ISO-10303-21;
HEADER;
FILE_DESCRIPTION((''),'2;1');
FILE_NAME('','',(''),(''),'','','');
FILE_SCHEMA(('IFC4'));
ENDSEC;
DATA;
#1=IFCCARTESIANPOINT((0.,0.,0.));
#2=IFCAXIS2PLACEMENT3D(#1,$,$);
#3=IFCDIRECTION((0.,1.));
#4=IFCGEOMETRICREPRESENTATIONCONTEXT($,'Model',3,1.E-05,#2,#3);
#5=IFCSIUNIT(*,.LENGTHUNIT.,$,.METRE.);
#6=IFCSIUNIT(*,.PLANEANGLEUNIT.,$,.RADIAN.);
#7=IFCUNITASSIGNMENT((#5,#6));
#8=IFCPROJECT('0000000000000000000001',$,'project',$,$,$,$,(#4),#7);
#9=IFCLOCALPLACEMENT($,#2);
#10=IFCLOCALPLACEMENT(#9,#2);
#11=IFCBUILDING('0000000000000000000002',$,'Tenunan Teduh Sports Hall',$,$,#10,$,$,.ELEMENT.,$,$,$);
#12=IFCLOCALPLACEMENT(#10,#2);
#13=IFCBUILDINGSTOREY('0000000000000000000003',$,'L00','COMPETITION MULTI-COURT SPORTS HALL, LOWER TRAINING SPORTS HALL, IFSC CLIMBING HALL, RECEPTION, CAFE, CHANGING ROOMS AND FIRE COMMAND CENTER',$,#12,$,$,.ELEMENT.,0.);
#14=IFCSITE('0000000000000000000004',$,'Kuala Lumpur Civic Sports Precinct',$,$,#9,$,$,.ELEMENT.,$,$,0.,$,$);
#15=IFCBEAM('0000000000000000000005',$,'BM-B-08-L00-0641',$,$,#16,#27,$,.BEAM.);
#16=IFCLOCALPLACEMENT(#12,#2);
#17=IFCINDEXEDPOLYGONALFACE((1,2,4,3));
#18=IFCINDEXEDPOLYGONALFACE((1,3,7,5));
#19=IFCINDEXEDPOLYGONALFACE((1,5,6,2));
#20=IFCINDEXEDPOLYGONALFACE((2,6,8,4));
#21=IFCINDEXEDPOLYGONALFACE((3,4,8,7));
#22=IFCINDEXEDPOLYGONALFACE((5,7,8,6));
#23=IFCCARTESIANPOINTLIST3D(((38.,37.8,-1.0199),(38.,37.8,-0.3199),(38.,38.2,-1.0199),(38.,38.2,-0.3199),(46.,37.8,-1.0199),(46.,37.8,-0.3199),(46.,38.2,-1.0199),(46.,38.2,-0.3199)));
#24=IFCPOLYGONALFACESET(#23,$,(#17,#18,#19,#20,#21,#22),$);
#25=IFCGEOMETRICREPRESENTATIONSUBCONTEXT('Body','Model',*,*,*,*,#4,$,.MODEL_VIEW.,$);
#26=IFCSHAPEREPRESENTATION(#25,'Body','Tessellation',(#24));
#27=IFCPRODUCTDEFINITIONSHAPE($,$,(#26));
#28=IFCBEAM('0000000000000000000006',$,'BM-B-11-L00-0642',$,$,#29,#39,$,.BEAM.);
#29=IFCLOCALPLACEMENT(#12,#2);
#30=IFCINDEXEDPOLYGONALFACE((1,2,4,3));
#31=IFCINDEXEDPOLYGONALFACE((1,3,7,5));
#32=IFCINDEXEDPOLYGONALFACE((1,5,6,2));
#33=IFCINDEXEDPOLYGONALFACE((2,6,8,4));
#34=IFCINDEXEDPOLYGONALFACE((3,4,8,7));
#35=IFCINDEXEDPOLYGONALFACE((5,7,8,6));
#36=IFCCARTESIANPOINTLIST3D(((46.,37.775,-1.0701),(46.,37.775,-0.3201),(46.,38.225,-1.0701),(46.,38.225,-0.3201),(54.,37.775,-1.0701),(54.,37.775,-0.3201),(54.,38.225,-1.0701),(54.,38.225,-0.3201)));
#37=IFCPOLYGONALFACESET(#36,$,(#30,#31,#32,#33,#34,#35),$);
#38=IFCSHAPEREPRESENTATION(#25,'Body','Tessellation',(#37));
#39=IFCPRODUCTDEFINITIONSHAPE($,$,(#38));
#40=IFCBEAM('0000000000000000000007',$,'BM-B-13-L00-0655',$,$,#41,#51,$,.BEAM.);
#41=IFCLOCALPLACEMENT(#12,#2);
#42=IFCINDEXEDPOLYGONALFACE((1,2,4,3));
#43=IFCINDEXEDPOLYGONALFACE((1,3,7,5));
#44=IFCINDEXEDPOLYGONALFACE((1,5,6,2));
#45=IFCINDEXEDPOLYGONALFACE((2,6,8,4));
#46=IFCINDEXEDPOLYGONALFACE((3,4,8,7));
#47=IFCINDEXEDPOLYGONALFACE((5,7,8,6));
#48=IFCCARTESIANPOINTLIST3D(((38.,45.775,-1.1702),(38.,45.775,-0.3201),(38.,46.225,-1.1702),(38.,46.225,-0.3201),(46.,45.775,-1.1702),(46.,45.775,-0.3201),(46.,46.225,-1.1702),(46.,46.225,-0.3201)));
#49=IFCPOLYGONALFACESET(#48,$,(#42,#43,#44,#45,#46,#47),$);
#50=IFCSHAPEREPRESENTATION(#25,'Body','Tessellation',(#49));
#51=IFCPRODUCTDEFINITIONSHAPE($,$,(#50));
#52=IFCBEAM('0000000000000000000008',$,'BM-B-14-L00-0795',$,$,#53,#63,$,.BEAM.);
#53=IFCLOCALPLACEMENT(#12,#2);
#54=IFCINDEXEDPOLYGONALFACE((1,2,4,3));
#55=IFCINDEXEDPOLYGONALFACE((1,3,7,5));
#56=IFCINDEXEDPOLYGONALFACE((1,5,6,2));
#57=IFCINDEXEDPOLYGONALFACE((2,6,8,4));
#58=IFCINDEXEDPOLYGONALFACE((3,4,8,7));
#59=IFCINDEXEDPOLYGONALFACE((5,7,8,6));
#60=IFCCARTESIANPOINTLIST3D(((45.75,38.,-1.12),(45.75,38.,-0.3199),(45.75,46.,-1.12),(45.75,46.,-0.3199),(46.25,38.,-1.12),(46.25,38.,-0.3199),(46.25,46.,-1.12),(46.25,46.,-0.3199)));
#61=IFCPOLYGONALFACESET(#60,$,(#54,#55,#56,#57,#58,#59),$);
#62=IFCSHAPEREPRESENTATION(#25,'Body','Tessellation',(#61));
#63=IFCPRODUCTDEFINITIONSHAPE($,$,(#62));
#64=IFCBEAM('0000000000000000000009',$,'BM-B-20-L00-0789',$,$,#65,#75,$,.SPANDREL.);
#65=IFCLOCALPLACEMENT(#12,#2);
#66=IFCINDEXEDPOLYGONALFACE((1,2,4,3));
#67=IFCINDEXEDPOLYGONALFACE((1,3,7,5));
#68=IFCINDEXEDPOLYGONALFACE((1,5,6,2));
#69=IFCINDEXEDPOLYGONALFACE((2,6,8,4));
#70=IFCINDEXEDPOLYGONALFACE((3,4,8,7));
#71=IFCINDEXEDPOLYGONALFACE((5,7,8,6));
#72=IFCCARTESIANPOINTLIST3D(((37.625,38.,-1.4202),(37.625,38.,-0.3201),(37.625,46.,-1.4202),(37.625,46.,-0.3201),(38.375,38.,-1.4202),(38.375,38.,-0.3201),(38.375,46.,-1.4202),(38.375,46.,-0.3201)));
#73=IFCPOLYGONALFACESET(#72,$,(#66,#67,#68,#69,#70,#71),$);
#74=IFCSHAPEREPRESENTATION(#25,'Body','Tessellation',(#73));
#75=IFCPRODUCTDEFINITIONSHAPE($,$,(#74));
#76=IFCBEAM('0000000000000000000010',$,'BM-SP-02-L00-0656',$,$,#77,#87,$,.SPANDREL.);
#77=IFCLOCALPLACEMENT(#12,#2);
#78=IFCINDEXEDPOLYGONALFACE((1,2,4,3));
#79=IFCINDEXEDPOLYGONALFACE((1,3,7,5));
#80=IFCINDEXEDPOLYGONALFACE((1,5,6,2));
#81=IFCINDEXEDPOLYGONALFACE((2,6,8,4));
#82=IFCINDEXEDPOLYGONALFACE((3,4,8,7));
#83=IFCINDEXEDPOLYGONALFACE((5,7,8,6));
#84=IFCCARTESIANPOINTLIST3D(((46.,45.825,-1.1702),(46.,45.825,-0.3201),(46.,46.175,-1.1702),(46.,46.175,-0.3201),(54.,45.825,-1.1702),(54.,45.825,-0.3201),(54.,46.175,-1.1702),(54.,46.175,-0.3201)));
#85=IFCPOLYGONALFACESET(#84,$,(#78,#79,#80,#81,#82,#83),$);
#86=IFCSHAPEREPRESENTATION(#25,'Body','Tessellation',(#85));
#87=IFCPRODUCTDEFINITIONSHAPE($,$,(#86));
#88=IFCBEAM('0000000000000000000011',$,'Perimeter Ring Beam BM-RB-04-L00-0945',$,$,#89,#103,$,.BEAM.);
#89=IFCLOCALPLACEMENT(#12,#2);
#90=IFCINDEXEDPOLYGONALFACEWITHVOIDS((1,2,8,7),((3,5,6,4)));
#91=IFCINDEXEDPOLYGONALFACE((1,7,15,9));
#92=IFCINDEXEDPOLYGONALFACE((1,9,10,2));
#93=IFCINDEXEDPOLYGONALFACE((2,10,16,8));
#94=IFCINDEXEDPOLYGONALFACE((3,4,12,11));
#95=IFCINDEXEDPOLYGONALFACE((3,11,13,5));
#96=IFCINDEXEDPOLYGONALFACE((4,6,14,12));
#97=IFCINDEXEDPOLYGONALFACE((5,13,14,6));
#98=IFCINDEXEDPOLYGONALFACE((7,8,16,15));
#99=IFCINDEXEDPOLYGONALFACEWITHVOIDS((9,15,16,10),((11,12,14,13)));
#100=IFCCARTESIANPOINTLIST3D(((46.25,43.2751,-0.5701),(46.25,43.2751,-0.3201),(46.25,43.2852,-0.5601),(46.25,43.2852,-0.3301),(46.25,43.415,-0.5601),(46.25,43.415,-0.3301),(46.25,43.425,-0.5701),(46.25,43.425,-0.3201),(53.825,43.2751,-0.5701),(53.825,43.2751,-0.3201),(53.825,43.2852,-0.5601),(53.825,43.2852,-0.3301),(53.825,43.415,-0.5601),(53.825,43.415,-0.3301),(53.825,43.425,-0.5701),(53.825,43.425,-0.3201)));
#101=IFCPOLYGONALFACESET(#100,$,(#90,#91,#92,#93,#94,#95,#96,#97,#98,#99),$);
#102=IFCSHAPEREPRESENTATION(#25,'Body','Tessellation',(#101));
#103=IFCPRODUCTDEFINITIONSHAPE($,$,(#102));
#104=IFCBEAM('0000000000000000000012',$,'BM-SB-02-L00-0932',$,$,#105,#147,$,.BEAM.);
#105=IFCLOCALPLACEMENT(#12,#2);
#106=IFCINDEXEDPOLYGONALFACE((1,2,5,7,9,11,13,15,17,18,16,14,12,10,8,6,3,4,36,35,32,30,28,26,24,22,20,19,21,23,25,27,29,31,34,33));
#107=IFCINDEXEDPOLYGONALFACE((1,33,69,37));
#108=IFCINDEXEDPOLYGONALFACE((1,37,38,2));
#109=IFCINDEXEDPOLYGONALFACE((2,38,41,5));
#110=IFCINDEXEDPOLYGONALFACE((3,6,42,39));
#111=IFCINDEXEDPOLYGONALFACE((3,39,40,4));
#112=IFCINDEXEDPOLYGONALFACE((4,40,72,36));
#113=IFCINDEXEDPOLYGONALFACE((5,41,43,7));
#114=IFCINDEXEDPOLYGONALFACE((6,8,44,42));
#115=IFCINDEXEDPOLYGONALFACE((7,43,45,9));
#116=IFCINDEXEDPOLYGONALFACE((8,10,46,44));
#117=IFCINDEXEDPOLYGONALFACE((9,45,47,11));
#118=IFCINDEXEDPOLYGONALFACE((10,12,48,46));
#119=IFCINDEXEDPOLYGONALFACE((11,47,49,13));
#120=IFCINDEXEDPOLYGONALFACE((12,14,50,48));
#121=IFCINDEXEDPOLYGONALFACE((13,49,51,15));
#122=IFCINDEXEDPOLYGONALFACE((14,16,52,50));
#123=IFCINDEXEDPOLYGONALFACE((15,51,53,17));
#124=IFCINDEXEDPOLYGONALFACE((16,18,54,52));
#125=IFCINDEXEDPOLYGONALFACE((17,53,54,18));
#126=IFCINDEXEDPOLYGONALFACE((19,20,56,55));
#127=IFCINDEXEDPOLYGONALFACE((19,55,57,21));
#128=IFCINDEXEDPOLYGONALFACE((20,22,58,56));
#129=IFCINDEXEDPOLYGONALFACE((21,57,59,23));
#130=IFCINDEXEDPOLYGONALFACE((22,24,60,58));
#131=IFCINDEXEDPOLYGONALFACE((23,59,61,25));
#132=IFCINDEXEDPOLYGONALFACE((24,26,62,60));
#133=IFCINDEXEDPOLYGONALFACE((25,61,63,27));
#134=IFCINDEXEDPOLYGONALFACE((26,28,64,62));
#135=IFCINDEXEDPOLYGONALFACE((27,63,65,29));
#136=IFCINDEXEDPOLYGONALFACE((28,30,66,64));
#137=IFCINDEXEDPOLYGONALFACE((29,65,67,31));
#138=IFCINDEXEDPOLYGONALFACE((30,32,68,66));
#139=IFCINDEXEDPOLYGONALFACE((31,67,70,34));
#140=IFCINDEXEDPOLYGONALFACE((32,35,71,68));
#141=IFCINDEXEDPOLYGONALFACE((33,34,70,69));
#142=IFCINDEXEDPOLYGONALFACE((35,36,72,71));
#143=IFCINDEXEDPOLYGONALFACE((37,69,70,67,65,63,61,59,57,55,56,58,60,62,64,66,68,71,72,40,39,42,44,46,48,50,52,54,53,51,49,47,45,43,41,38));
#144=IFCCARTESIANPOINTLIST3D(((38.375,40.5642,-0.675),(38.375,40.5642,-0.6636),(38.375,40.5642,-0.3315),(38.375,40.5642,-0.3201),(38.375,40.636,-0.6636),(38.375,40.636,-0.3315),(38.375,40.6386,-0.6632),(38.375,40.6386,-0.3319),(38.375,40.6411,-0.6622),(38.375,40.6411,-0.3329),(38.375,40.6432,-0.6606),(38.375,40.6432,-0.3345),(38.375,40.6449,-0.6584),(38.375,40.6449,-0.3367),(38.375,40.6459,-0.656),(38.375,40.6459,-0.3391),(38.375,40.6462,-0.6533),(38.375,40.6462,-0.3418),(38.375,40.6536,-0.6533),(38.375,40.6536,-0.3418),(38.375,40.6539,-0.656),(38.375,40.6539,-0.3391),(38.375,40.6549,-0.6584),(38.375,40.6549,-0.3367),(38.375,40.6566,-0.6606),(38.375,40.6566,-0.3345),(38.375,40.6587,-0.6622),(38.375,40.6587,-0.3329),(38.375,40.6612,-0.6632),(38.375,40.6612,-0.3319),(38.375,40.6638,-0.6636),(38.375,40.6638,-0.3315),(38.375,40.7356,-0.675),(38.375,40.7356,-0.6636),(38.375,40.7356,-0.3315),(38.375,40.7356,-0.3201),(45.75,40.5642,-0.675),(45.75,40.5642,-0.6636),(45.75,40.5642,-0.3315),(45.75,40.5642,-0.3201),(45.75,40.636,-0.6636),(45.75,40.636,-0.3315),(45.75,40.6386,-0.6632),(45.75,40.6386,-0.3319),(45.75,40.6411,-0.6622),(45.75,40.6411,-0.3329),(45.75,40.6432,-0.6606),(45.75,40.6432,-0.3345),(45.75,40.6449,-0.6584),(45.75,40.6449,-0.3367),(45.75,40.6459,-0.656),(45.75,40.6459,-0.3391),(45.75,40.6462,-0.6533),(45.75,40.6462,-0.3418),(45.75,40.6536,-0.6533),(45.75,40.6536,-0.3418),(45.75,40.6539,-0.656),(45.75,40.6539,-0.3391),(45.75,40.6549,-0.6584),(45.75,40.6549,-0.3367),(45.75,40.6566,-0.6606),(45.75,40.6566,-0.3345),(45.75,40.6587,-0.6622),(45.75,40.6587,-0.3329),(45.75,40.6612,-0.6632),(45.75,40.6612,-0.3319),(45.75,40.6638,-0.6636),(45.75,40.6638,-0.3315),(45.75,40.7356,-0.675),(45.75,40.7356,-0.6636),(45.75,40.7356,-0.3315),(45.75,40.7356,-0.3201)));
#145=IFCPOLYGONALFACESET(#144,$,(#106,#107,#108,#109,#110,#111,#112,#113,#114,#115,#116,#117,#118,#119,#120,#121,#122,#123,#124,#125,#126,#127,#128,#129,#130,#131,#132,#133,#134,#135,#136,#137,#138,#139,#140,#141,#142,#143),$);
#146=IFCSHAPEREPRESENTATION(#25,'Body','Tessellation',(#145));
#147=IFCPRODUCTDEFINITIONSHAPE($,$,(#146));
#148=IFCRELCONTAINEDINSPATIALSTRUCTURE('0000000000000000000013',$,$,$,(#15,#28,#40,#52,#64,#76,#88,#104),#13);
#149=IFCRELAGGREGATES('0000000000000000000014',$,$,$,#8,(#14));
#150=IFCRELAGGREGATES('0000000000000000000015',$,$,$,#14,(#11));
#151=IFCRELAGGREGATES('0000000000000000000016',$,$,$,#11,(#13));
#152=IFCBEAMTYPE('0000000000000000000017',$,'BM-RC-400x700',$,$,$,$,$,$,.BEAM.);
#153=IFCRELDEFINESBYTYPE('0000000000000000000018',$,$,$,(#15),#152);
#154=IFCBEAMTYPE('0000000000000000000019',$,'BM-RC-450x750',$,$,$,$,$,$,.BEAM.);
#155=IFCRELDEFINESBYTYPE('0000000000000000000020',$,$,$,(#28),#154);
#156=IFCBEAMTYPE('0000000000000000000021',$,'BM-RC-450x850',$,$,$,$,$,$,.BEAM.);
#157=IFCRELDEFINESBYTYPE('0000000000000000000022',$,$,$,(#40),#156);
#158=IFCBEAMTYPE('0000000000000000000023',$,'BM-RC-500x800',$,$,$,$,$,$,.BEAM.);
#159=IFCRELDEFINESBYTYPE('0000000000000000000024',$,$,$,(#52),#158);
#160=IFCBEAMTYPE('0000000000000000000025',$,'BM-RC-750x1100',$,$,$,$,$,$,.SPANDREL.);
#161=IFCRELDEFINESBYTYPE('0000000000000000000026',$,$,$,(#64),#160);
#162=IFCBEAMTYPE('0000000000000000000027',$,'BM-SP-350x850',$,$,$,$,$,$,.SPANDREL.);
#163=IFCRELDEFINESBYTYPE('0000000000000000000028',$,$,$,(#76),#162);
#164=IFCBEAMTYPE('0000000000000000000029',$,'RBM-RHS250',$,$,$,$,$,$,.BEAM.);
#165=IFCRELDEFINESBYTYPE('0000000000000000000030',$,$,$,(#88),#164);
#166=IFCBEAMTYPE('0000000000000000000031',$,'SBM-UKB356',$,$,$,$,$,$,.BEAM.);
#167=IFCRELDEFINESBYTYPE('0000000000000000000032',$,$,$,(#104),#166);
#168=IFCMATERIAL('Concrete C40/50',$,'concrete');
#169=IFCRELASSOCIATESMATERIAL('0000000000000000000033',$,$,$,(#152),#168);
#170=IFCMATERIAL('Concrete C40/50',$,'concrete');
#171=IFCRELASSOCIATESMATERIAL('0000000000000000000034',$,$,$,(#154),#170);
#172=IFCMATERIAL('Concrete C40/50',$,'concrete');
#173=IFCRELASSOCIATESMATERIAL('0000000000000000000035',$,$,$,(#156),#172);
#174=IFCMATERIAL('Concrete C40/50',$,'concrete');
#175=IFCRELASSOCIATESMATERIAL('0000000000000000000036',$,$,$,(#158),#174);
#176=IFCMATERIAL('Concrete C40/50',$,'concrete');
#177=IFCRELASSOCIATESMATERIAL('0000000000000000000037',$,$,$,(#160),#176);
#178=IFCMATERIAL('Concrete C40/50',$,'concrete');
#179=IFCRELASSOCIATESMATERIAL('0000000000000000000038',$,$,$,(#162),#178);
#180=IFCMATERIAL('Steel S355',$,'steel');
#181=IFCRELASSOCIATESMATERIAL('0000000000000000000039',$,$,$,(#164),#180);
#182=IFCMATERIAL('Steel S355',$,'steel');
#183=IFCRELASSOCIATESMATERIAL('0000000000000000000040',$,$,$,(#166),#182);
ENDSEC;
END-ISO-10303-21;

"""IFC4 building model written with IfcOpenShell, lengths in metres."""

from ifc_helpers import new_model, si_unit, direction, frame, origin, origin_2d, place, context, subcontext, project, spatial, rectangle, hollow_rectangle, i_section, extrude, material, material_profile, profile_set, type_object, element, save


model = new_model("IFC4")

# Units and contexts
model_context = context("Model", 3, precision=1e-05, world=origin(), true_north=direction((0.0, 1.0)))
body_context = subcontext(model_context, "Body", "Model", "MODEL_VIEW")
ifc_project = project(units=[si_unit("LENGTHUNIT", "METRE"), si_unit("PLANEANGLEUNIT", "RADIAN")], contexts=[model_context])

# Site, building, storey
site_placement = place(None, origin())
site = spatial("IfcSite", under=ifc_project, at=site_placement, Name="Kuala Lumpur Civic Sports Precinct", CompositionType="ELEMENT", RefElevation=0.0)
building_placement = place(site_placement, origin())
building = spatial("IfcBuilding", under=site, at=building_placement, Name="Tenunan Teduh Sports Hall", CompositionType="ELEMENT")
storey_placement = place(building_placement, origin())
storey = spatial("IfcBuildingStorey", under=building, at=storey_placement, Name="L00", Description="COMPETITION MULTI-COURT SPORTS HALL, LOWER TRAINING SPORTS HALL, IFSC CLIMBING HALL, RECEPTION, CAFE, CHANGING ROOMS AND FIRE COMMAND CENTER", CompositionType="ELEMENT", Elevation=0.0)

# Beams
ifc_material_1 = material(Name="Concrete C40/50", Category="concrete")
ifc_material_profile_1 = material_profile(ifc_material_1, rectangle(XDim=0.3999, YDim=0.7, at=origin_2d()), Name="RCB 400x700")
ifc_profile_set_1 = profile_set([ifc_material_profile_1], Name="Concrete C40/50")
beam_type_1 = type_object("IfcBeamType", Name="BM-RC-400x700", PredefinedType="BEAM", material=ifc_profile_set_1)
beam_1_placement = place(storey_placement, frame((38.0, 38.0, -0.6699), z_axis=(1.0, 0.0, 0.0), x_axis=(0.0, 1.0, 0.0)))
element("IfcBeam", 1, at=beam_1_placement, inside=storey, type_object=beam_type_1, Name="BM-B-08-L00-0641", PredefinedType="BEAM", context=body_context, shape_type="SweptSolid", body=[
    extrude(rectangle(XDim=0.3999, YDim=0.7, at=origin_2d()), origin(), (0.0, 0.0, 1.0), 8.0),
])
ifc_material_2 = material(Name="Concrete C40/50", Category="concrete")
ifc_material_profile_2 = material_profile(ifc_material_2, rectangle(XDim=0.45, YDim=0.75, at=origin_2d()), Name="RCB 450x750")
ifc_profile_set_2 = profile_set([ifc_material_profile_2], Name="Concrete C40/50")
beam_type_2 = type_object("IfcBeamType", Name="BM-RC-450x750", PredefinedType="BEAM", material=ifc_profile_set_2)
beam_2_placement = place(storey_placement, frame((46.0, 38.0, -0.6951), z_axis=(1.0, 0.0, 0.0), x_axis=(0.0, 1.0, 0.0)))
element("IfcBeam", 2, at=beam_2_placement, inside=storey, type_object=beam_type_2, Name="BM-B-11-L00-0642", PredefinedType="BEAM", context=body_context, shape_type="SweptSolid", body=[
    extrude(rectangle(XDim=0.45, YDim=0.75, at=origin_2d()), origin(), (0.0, 0.0, 1.0), 8.0),
])
ifc_material_3 = material(Name="Concrete C40/50", Category="concrete")
ifc_material_profile_3 = material_profile(ifc_material_3, rectangle(XDim=0.45, YDim=0.8501, at=origin_2d()), Name="RCB 450x850")
ifc_profile_set_3 = profile_set([ifc_material_profile_3], Name="Concrete C40/50")
beam_type_3 = type_object("IfcBeamType", Name="BM-RC-450x850", PredefinedType="BEAM", material=ifc_profile_set_3)
beam_3_placement = place(storey_placement, frame((38.0, 46.0, -0.7451), z_axis=(1.0, 0.0, 0.0), x_axis=(0.0, 1.0, 0.0)))
element("IfcBeam", 3, at=beam_3_placement, inside=storey, type_object=beam_type_3, Name="BM-B-13-L00-0655", PredefinedType="BEAM", context=body_context, shape_type="SweptSolid", body=[
    extrude(rectangle(XDim=0.45, YDim=0.8501, at=origin_2d()), origin(), (0.0, 0.0, 1.0), 8.0),
])
ifc_material_4 = material(Name="Concrete C40/50", Category="concrete")
ifc_material_profile_4 = material_profile(ifc_material_4, rectangle(XDim=0.5, YDim=0.8, at=origin_2d()), Name="RCB 500x800")
ifc_profile_set_4 = profile_set([ifc_material_profile_4], Name="Concrete C40/50")
beam_type_4 = type_object("IfcBeamType", Name="BM-RC-500x800", PredefinedType="BEAM", material=ifc_profile_set_4)
beam_4_placement = place(storey_placement, frame((46.0, 38.0, -0.72), z_axis=(0.0, 1.0, 0.0), x_axis=(-1.0, 0.0, 0.0)))
element("IfcBeam", 4, at=beam_4_placement, inside=storey, type_object=beam_type_4, Name="BM-B-14-L00-0795", PredefinedType="BEAM", context=body_context, shape_type="SweptSolid", body=[
    extrude(rectangle(XDim=0.5, YDim=0.8, at=origin_2d()), origin(), (0.0, 0.0, 1.0), 8.0),
])
ifc_material_5 = material(Name="Concrete C40/50", Category="concrete")
ifc_material_profile_5 = material_profile(ifc_material_5, rectangle(XDim=0.75, YDim=1.1001, at=origin_2d()), Name="RCB 750x1100")
ifc_profile_set_5 = profile_set([ifc_material_profile_5], Name="Concrete C40/50")
beam_type_5 = type_object("IfcBeamType", Name="BM-RC-750x1100", PredefinedType="SPANDREL", material=ifc_profile_set_5)
beam_5_placement = place(storey_placement, frame((38.0, 38.0, -0.8701), z_axis=(0.0, 1.0, 0.0), x_axis=(-1.0, 0.0, 0.0)))
element("IfcBeam", 5, at=beam_5_placement, inside=storey, type_object=beam_type_5, Name="BM-B-20-L00-0789", PredefinedType="SPANDREL", context=body_context, shape_type="SweptSolid", body=[
    extrude(rectangle(XDim=0.75, YDim=1.1001, at=origin_2d()), origin(), (0.0, 0.0, 1.0), 8.0),
])
ifc_material_6 = material(Name="Concrete C40/50", Category="concrete")
ifc_material_profile_6 = material_profile(ifc_material_6, rectangle(XDim=0.3501, YDim=0.8501, at=origin_2d()), Name="SPB 350x850")
ifc_profile_set_6 = profile_set([ifc_material_profile_6], Name="Concrete C40/50")
beam_type_6 = type_object("IfcBeamType", Name="BM-SP-350x850", PredefinedType="SPANDREL", material=ifc_profile_set_6)
beam_6_placement = place(storey_placement, frame((46.0, 46.0, -0.7451), z_axis=(1.0, 0.0, 0.0), x_axis=(0.0, 1.0, 0.0)))
element("IfcBeam", 6, at=beam_6_placement, inside=storey, type_object=beam_type_6, Name="BM-SP-02-L00-0656", PredefinedType="SPANDREL", context=body_context, shape_type="SweptSolid", body=[
    extrude(rectangle(XDim=0.3501, YDim=0.8501, at=origin_2d()), origin(), (0.0, 0.0, 1.0), 8.0),
])
ifc_material_7 = material(Name="Steel S355", Category="steel")
ifc_material_profile_7 = material_profile(ifc_material_7, hollow_rectangle(XDim=0.1499, YDim=0.25, WallThickness=0.01, at=origin_2d()), Name="RHS 250x150x10.0")
ifc_profile_set_7 = profile_set([ifc_material_profile_7], Name="Steel S355")
beam_type_7 = type_object("IfcBeamType", Name="RBM-RHS250", PredefinedType="BEAM", material=ifc_profile_set_7)
beam_7_placement = place(storey_placement, frame((46.25, 43.3501, -0.4451), z_axis=(1.0, 0.0, 0.0), x_axis=(0.0, 1.0, 0.0)))
element("IfcBeam", 7, at=beam_7_placement, inside=storey, type_object=beam_type_7, Name="Perimeter Ring Beam BM-RB-04-L00-0945", PredefinedType="BEAM", context=body_context, shape_type="SweptSolid", body=[
    extrude(hollow_rectangle(XDim=0.1499, YDim=0.25, WallThickness=0.01, at=origin_2d()), origin(), (0.0, 0.0, 1.0), 7.575),
])
ifc_material_8 = material(Name="Steel S355", Category="steel")
ifc_material_profile_8 = material_profile(ifc_material_8, i_section(OverallWidth=0.1714, OverallDepth=0.355, WebThickness=0.0073, FlangeThickness=0.0115, FilletRadius=0.0103, at=origin_2d()), Name="UKB 356x171x51")
ifc_profile_set_8 = profile_set([ifc_material_profile_8], Name="Steel S355")
beam_type_8 = type_object("IfcBeamType", Name="SBM-UKB356", PredefinedType="BEAM", material=ifc_profile_set_8)
beam_8_placement = place(storey_placement, frame((38.375, 40.6499, -0.4976), z_axis=(1.0, 0.0, 0.0), x_axis=(0.0, 1.0, 0.0)))
element("IfcBeam", 8, at=beam_8_placement, inside=storey, type_object=beam_type_8, Name="BM-SB-02-L00-0932", PredefinedType="BEAM", context=body_context, shape_type="SweptSolid", body=[
    extrude(i_section(OverallWidth=0.1714, OverallDepth=0.355, WebThickness=0.0073, FlangeThickness=0.0115, FilletRadius=0.0103, at=origin_2d()), origin(), (0.0, 0.0, 1.0), 7.375),
])

save(model, "model.ifc")
